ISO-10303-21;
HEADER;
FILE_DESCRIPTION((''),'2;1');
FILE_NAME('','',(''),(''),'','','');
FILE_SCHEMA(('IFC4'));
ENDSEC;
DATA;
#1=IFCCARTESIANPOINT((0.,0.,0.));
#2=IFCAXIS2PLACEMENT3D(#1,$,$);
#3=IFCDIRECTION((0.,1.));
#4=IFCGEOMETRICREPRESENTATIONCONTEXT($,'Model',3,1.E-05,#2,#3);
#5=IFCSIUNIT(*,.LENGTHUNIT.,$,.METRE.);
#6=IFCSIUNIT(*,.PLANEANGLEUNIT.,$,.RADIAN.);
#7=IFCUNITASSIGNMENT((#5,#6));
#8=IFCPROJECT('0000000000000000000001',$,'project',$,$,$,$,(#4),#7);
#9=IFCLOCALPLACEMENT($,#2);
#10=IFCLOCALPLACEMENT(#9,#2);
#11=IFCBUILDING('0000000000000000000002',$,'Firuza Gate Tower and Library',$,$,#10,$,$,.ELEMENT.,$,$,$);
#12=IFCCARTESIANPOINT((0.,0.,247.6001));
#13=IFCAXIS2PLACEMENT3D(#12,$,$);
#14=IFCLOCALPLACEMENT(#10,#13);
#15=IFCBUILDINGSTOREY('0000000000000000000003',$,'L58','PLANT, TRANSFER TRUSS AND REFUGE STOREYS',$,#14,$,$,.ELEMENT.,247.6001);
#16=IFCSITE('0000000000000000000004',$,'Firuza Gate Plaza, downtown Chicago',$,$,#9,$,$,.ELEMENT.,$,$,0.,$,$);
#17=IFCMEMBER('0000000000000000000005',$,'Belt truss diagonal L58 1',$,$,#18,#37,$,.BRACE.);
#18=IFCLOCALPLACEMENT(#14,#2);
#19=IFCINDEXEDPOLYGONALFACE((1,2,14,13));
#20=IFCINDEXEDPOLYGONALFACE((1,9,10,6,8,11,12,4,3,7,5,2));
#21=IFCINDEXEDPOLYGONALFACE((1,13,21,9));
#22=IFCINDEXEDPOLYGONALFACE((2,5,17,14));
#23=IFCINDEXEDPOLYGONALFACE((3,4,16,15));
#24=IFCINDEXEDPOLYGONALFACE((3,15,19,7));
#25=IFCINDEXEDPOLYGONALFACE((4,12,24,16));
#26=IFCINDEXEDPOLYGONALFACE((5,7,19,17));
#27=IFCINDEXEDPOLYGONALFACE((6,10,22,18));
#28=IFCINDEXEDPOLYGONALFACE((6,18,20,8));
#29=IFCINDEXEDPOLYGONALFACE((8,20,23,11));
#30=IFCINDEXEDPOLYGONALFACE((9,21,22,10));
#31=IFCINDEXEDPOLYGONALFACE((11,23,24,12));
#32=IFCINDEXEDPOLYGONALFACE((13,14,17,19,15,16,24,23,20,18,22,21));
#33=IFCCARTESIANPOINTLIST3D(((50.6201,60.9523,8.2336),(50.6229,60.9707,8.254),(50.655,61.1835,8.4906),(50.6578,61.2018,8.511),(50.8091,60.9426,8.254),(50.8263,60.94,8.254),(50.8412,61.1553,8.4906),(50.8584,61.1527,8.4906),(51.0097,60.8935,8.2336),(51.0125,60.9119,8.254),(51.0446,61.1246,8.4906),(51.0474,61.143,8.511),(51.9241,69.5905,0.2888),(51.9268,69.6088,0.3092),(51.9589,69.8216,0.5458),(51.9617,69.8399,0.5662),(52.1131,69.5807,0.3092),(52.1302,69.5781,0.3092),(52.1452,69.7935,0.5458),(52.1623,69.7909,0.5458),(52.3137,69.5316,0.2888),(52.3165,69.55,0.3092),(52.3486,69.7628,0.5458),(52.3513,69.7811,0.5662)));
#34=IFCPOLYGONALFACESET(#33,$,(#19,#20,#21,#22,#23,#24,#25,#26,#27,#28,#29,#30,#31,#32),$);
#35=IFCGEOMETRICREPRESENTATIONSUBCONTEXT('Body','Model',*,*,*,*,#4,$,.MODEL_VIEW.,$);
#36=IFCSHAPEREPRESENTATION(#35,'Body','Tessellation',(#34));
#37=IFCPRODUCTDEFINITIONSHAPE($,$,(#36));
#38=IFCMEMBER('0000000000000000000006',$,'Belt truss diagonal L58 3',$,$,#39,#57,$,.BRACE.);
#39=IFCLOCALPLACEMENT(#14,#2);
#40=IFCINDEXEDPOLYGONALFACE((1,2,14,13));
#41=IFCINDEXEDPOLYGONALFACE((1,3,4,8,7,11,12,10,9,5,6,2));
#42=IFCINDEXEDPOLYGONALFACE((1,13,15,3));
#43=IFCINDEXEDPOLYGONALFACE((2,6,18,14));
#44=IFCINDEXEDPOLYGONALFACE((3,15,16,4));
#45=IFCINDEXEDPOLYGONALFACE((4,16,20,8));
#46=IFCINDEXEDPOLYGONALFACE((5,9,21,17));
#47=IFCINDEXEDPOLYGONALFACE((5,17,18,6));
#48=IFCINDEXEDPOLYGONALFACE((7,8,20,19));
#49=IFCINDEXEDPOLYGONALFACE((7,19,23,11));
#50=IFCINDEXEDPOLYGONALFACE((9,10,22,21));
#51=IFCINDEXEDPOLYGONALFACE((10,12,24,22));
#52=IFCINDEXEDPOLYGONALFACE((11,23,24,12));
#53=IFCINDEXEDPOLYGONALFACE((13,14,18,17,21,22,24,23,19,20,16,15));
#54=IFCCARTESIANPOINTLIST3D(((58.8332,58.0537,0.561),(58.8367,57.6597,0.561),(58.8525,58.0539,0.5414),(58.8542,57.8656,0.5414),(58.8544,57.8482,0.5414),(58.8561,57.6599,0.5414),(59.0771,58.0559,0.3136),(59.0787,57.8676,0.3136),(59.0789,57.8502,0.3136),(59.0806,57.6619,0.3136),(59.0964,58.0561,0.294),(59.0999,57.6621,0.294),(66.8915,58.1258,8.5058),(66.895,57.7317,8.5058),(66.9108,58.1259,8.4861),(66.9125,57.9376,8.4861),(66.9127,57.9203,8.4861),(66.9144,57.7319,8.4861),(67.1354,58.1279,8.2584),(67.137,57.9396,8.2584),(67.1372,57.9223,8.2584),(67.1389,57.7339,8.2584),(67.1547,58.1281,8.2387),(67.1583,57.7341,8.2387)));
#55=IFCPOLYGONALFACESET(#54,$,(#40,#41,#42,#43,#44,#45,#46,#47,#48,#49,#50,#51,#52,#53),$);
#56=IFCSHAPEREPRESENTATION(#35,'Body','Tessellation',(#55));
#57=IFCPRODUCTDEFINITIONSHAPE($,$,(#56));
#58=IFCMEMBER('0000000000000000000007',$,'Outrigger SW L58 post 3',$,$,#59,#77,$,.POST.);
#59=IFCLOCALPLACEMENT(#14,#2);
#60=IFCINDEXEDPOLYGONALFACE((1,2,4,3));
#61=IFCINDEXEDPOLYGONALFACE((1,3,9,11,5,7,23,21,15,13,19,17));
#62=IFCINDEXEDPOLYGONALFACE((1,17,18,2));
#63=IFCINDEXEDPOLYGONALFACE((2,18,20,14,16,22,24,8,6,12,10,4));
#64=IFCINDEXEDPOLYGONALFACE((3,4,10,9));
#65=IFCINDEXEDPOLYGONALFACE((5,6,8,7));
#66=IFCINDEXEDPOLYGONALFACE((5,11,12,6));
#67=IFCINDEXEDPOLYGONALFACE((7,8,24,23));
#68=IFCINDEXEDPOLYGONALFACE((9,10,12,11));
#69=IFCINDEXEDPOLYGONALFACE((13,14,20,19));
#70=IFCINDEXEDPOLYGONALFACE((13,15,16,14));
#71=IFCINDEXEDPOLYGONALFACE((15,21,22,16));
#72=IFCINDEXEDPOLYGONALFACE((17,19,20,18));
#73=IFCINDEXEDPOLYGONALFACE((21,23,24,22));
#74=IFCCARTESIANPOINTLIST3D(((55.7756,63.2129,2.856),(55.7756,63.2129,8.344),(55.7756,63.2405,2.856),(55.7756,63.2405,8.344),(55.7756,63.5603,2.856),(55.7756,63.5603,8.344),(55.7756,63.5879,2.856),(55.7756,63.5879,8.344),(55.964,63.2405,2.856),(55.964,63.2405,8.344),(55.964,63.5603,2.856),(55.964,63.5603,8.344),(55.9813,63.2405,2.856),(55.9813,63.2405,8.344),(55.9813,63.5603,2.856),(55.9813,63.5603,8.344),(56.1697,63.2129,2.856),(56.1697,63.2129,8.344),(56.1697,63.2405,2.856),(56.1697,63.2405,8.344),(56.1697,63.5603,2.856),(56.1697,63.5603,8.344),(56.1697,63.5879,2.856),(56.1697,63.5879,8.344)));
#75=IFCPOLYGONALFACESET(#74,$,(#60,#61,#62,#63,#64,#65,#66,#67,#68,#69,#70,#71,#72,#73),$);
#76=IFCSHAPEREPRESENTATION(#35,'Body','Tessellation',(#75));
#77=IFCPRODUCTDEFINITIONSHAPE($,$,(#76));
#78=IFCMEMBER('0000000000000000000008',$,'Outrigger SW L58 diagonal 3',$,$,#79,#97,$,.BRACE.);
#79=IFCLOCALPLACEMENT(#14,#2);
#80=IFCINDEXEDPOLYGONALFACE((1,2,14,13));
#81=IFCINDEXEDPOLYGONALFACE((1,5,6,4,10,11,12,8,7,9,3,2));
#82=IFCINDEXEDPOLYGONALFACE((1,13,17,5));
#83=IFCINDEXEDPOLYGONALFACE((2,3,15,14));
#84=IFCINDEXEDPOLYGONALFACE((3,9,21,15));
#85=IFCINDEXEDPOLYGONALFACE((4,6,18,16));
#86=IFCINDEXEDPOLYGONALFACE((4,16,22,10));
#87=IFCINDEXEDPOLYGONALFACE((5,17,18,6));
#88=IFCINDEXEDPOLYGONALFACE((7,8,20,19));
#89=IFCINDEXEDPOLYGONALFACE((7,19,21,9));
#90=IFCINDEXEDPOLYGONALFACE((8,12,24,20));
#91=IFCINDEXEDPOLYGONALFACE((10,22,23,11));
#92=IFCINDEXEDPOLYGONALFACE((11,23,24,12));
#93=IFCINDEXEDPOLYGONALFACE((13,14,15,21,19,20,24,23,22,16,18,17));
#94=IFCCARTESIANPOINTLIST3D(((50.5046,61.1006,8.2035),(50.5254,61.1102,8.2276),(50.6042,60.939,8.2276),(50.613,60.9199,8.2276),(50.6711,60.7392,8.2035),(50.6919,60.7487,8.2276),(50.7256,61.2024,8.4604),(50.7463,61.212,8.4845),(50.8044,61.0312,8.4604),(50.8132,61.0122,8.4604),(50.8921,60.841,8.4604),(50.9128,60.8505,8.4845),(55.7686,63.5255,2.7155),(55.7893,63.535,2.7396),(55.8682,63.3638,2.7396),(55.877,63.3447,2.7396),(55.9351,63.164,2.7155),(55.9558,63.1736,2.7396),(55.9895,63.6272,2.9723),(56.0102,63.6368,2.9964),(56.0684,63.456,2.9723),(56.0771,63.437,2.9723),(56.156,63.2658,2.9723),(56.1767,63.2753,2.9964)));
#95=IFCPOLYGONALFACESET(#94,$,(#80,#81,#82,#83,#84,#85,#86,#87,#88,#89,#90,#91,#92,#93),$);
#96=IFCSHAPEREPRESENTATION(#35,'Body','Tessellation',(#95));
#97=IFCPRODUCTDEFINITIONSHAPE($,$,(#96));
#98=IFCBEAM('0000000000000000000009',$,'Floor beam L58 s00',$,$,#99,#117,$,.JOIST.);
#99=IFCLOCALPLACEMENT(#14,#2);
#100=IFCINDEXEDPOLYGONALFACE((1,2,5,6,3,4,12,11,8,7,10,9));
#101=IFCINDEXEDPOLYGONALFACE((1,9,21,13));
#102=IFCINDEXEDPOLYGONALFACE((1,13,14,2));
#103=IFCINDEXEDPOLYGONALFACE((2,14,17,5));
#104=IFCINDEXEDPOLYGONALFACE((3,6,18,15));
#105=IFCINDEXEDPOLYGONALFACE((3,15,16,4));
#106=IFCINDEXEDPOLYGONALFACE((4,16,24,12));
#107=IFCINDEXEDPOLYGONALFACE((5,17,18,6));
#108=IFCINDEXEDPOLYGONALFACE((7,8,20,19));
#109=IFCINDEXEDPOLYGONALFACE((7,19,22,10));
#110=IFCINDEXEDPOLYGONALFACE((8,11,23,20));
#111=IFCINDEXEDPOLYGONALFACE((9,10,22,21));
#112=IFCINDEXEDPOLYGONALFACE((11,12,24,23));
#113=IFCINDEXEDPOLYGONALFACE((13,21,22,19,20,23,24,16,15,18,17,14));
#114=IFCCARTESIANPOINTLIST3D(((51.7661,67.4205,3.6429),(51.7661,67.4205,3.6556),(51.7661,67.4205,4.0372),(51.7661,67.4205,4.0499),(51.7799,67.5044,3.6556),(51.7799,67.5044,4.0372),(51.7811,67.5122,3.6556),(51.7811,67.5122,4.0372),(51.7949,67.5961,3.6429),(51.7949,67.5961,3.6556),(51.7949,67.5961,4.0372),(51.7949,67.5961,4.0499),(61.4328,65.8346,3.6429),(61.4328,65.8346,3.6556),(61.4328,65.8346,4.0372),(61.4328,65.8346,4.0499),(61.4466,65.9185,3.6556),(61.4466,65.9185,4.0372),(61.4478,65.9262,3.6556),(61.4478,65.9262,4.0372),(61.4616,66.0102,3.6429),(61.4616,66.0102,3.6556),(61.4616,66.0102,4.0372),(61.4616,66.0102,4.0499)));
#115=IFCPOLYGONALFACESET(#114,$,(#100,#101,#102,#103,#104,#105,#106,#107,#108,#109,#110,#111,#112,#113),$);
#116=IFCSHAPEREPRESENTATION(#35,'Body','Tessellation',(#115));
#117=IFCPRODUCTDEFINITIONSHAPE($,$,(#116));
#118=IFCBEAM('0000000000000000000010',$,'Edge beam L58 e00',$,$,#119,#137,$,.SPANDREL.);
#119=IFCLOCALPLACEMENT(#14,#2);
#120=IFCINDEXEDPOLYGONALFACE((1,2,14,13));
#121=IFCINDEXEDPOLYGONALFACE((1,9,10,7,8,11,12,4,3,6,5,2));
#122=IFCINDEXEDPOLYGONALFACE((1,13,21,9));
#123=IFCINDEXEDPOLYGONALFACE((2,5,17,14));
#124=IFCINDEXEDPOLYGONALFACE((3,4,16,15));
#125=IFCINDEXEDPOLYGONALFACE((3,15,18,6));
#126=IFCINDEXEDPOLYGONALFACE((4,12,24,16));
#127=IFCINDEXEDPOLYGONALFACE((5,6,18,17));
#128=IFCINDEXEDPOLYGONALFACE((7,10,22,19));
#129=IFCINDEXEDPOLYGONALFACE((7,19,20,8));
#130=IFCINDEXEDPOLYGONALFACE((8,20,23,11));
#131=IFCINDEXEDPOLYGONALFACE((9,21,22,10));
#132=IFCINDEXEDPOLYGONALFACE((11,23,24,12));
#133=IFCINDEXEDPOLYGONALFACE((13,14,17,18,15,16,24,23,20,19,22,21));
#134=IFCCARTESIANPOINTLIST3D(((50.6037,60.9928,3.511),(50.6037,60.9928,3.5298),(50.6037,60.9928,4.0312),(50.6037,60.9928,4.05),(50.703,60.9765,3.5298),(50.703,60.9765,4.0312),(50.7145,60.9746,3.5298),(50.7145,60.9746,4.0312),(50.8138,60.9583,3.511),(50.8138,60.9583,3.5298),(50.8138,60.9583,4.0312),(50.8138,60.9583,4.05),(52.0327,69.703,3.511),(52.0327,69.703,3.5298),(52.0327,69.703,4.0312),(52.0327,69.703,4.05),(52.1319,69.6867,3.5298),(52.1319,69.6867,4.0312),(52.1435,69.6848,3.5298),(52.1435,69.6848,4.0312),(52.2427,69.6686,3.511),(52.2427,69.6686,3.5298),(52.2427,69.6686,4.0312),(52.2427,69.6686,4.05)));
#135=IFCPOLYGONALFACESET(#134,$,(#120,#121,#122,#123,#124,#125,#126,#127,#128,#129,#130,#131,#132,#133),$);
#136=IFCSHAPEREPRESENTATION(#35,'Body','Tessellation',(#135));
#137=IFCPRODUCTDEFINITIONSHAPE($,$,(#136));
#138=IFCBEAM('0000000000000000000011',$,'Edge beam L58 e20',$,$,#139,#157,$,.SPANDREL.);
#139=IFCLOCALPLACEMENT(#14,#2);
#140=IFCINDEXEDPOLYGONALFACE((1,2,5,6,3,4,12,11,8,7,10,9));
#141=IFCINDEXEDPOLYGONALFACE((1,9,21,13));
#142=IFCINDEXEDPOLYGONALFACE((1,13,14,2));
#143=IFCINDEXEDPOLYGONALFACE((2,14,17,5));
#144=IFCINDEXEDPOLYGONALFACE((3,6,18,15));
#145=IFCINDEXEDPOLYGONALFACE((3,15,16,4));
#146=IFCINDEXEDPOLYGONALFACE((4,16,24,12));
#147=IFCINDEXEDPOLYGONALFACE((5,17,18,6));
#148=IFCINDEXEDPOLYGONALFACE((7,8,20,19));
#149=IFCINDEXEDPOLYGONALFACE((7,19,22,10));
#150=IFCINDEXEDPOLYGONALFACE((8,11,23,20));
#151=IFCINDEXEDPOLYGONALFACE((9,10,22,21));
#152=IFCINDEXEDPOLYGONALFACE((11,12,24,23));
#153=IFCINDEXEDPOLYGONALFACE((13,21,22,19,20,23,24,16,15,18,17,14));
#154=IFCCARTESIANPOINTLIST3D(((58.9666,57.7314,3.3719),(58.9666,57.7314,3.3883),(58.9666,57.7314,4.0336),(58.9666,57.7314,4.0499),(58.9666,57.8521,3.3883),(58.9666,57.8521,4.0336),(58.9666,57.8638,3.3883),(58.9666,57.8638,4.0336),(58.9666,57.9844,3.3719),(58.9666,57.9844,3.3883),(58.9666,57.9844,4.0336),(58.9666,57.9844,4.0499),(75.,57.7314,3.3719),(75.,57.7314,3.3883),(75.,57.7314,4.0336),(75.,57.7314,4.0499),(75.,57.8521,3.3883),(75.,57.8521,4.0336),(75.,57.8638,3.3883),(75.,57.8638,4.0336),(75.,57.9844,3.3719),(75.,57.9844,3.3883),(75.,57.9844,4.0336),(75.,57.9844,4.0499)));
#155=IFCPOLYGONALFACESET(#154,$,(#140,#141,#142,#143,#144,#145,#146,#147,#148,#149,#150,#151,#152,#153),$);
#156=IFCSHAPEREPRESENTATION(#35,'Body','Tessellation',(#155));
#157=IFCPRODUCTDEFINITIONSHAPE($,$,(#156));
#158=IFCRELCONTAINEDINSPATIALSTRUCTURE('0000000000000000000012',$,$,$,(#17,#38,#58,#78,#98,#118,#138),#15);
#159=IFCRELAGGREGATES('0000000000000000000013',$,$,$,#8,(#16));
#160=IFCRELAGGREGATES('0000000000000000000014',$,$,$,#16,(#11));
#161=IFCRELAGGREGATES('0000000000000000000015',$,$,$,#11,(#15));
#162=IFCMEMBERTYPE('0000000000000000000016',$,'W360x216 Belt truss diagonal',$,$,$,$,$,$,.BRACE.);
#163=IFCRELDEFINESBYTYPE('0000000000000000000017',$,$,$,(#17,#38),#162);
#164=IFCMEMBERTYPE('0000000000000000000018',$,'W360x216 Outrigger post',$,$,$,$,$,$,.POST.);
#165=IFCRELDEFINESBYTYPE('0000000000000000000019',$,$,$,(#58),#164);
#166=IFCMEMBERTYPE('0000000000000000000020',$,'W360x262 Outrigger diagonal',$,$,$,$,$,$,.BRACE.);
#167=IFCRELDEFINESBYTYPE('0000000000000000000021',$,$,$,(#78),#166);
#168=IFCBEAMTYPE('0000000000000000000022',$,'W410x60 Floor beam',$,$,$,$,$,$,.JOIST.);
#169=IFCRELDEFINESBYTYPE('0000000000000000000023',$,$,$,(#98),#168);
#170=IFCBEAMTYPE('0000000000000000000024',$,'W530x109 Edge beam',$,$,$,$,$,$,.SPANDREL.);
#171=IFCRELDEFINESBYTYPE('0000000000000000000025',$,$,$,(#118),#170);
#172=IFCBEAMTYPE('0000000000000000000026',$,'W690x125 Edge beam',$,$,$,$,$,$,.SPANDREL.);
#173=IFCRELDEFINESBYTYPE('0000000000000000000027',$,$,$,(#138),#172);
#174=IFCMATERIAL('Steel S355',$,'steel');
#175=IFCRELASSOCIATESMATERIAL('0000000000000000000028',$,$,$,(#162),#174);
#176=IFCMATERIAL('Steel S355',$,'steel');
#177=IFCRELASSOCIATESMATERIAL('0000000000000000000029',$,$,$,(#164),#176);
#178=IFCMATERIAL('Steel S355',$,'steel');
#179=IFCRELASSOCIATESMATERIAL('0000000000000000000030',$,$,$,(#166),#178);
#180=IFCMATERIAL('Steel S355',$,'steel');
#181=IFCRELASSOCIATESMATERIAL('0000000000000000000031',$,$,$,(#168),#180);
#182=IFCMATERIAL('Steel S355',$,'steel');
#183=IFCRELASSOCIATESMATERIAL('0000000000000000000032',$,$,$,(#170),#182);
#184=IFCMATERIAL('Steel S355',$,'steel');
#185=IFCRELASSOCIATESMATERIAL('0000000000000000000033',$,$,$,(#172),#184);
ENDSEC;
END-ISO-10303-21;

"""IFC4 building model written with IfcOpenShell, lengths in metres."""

from ifc_helpers import new_model, si_unit, direction, frame, origin, origin_2d, place, context, subcontext, project, spatial, i_section, extrude, material, material_profile, profile_set, type_object, element, save


model = new_model("IFC4")

# Units and contexts
model_context = context("Model", 3, precision=1e-05, world=origin(), true_north=direction((0.0, 1.0)))
body_context = subcontext(model_context, "Body", "Model", "MODEL_VIEW")
ifc_project = project(units=[si_unit("LENGTHUNIT", "METRE"), si_unit("PLANEANGLEUNIT", "RADIAN")], contexts=[model_context])

# Site, building, storey
site_placement = place(None, origin())
site = spatial("IfcSite", under=ifc_project, at=site_placement, Name="Firuza Gate Plaza, downtown Chicago", CompositionType="ELEMENT", RefElevation=0.0)
building_placement = place(site_placement, origin())
building = spatial("IfcBuilding", under=site, at=building_placement, Name="Firuza Gate Tower and Library", CompositionType="ELEMENT")
storey_placement = place(building_placement, frame((0.0, 0.0, 247.6001)))
storey = spatial("IfcBuildingStorey", under=building, at=storey_placement, Name="L58", Description="PLANT, TRANSFER TRUSS AND REFUGE STOREYS", CompositionType="ELEMENT", Elevation=247.6001)

# Members
ifc_material_1 = material(Name="Steel S355", Category="steel")
ifc_material_profile_1 = material_profile(ifc_material_1, i_section(OverallWidth=0.394, OverallDepth=0.375, WebThickness=0.0173, FlangeThickness=0.0276, at=origin_2d()))
ifc_profile_set_1 = profile_set([ifc_material_profile_1], Name="Steel S355")
member_type_1 = type_object("IfcMemberType", Name="W360x216 Belt truss diagonal", PredefinedType="BRACE", material=ifc_profile_set_1)
member_1_placement = place(storey_placement, frame((52.1377, 69.6858, 0.4275), z_axis=(-0.110426, -0.731528, 0.67281), x_axis=(0.988798, -0.149261, 0.0)))
element("IfcMember", 1, at=member_1_placement, inside=storey, type_object=member_type_1, Name="Belt truss diagonal L58 1", PredefinedType="BRACE", context=body_context, shape_type="SweptSolid", body=[
    extrude(i_section(OverallWidth=0.394, OverallDepth=0.375, WebThickness=0.0173, FlangeThickness=0.0276, at=origin_2d()), origin(), (0.0, 0.0, 1.0), 11.8083),
])
member_2_placement = place(storey_placement, frame((58.9666, 57.8579, 0.4275), z_axis=(0.712091, 0.006364, 0.702059), x_axis=(-0.008937, 0.99996, 0.0)))
element("IfcMember", 2, at=member_2_placement, inside=storey, type_object=member_type_1, Name="Belt truss diagonal L58 3", PredefinedType="BRACE", context=body_context, shape_type="SweptSolid", body=[
    extrude(i_section(OverallWidth=0.394, OverallDepth=0.375, WebThickness=0.0173, FlangeThickness=0.0276, at=origin_2d()), origin(), (0.0, 0.0, 1.0), 11.3164),
])
ifc_material_2 = material(Name="Steel S355", Category="steel")
ifc_material_profile_2 = material_profile(ifc_material_2, i_section(OverallWidth=0.394, OverallDepth=0.375, WebThickness=0.0173, FlangeThickness=0.0276, at=origin_2d()))
ifc_profile_set_2 = profile_set([ifc_material_profile_2], Name="Steel S355")
member_type_2 = type_object("IfcMemberType", Name="W360x216 Outrigger post", PredefinedType="POST", material=ifc_profile_set_2)
member_3_placement = place(storey_placement, frame((55.9727, 63.4004, 2.856), z_axis=(0.0, 0.0, 1.0), x_axis=(1.0, 0.0, 0.0)))
element("IfcMember", 3, at=member_3_placement, inside=storey, type_object=member_type_2, Name="Outrigger SW L58 post 3", PredefinedType="POST", context=body_context, shape_type="SweptSolid", body=[
    extrude(i_section(OverallWidth=0.394, OverallDepth=0.375, WebThickness=0.0173, FlangeThickness=0.0276, at=origin_2d()), origin(), (0.0, 0.0, 1.0), 5.488),
])
ifc_material_3 = material(Name="Steel S355", Category="steel")
ifc_material_profile_3 = material_profile(ifc_material_3, i_section(OverallWidth=0.3979, OverallDepth=0.387, WebThickness=0.021, FlangeThickness=0.0332, at=origin_2d()))
ifc_profile_set_3 = profile_set([ifc_material_profile_3], Name="Steel S355")
member_type_3 = type_object("IfcMemberType", Name="W360x262 Outrigger diagonal", PredefinedType="BRACE", material=ifc_profile_set_3)
member_4_placement = place(storey_placement, frame((55.9727, 63.4004, 2.856), z_axis=(-0.659501, -0.303797, 0.68758), x_axis=(0.41839, -0.908267, 0.0)))
element("IfcMember", 4, at=member_4_placement, inside=storey, type_object=member_type_3, Name="Outrigger SW L58 diagonal 3", PredefinedType="BRACE", context=body_context, shape_type="SweptSolid", body=[
    extrude(i_section(OverallWidth=0.3979, OverallDepth=0.387, WebThickness=0.021, FlangeThickness=0.0332, at=origin_2d()), origin(), (0.0, 0.0, 1.0), 7.9817),
])

# Beams
ifc_material_4 = material(Name="Steel S355", Category="steel")
ifc_material_profile_4 = material_profile(ifc_material_4, i_section(OverallWidth=0.178, OverallDepth=0.407, WebThickness=0.0078, FlangeThickness=0.0127, at=origin_2d()))
ifc_profile_set_4 = profile_set([ifc_material_profile_4], Name="Steel S355")
beam_type_1 = type_object("IfcBeamType", Name="W410x60 Floor beam", PredefinedType="JOIST", material=ifc_profile_set_4)
beam_1_placement = place(storey_placement, frame((51.7805, 67.5083, 3.8464), z_axis=(0.986808, -0.161897, 0.0), x_axis=(0.161897, 0.986808, 0.0)))
element("IfcBeam", 5, at=beam_1_placement, inside=storey, type_object=beam_type_1, Name="Floor beam L58 s00", PredefinedType="JOIST", context=body_context, shape_type="SweptSolid", body=[
    extrude(i_section(OverallWidth=0.178, OverallDepth=0.407, WebThickness=0.0078, FlangeThickness=0.0127, at=origin_2d()), origin(), (0.0, 0.0, 1.0), 9.7959),
])
ifc_material_5 = material(Name="Steel S355", Category="steel")
ifc_material_profile_5 = material_profile(ifc_material_5, i_section(OverallWidth=0.2129, OverallDepth=0.5391, WebThickness=0.0117, FlangeThickness=0.0188, at=origin_2d()))
ifc_profile_set_5 = profile_set([ifc_material_profile_5], Name="Steel S355")
beam_type_2 = type_object("IfcBeamType", Name="W530x109 Edge beam", PredefinedType="SPANDREL", material=ifc_profile_set_5)
beam_2_placement = place(storey_placement, frame((52.1377, 69.6858, 3.7805), z_axis=(-0.161891, -0.986809, 0.0), x_axis=(0.986809, -0.161891, 0.0)))
element("IfcBeam", 6, at=beam_2_placement, inside=storey, type_object=beam_type_2, Name="Edge beam L58 e00", PredefinedType="SPANDREL", context=body_context, shape_type="SweptSolid", body=[
    extrude(i_section(OverallWidth=0.2129, OverallDepth=0.5391, WebThickness=0.0117, FlangeThickness=0.0188, at=origin_2d()), origin(), (0.0, 0.0, 1.0), 8.8267),
])
ifc_material_6 = material(Name="Steel S355", Category="steel")
ifc_material_profile_6 = material_profile(ifc_material_6, i_section(OverallWidth=0.2529, OverallDepth=0.678, WebThickness=0.0117, FlangeThickness=0.0164, at=origin_2d()))
ifc_profile_set_6 = profile_set([ifc_material_profile_6], Name="Steel S355")
beam_type_3 = type_object("IfcBeamType", Name="W690x125 Edge beam", PredefinedType="SPANDREL", material=ifc_profile_set_6)
beam_3_placement = place(storey_placement, frame((58.9666, 57.8579, 3.7109), z_axis=(1.0, 0.0, 0.0), x_axis=(0.0, 1.0, 0.0)))
element("IfcBeam", 7, at=beam_3_placement, inside=storey, type_object=beam_type_3, Name="Edge beam L58 e20", PredefinedType="SPANDREL", context=body_context, shape_type="SweptSolid", body=[
    extrude(i_section(OverallWidth=0.2529, OverallDepth=0.678, WebThickness=0.0117, FlangeThickness=0.0164, at=origin_2d()), origin(), (0.0, 0.0, 1.0), 16.0334),
])

save(model, "model.ifc")
